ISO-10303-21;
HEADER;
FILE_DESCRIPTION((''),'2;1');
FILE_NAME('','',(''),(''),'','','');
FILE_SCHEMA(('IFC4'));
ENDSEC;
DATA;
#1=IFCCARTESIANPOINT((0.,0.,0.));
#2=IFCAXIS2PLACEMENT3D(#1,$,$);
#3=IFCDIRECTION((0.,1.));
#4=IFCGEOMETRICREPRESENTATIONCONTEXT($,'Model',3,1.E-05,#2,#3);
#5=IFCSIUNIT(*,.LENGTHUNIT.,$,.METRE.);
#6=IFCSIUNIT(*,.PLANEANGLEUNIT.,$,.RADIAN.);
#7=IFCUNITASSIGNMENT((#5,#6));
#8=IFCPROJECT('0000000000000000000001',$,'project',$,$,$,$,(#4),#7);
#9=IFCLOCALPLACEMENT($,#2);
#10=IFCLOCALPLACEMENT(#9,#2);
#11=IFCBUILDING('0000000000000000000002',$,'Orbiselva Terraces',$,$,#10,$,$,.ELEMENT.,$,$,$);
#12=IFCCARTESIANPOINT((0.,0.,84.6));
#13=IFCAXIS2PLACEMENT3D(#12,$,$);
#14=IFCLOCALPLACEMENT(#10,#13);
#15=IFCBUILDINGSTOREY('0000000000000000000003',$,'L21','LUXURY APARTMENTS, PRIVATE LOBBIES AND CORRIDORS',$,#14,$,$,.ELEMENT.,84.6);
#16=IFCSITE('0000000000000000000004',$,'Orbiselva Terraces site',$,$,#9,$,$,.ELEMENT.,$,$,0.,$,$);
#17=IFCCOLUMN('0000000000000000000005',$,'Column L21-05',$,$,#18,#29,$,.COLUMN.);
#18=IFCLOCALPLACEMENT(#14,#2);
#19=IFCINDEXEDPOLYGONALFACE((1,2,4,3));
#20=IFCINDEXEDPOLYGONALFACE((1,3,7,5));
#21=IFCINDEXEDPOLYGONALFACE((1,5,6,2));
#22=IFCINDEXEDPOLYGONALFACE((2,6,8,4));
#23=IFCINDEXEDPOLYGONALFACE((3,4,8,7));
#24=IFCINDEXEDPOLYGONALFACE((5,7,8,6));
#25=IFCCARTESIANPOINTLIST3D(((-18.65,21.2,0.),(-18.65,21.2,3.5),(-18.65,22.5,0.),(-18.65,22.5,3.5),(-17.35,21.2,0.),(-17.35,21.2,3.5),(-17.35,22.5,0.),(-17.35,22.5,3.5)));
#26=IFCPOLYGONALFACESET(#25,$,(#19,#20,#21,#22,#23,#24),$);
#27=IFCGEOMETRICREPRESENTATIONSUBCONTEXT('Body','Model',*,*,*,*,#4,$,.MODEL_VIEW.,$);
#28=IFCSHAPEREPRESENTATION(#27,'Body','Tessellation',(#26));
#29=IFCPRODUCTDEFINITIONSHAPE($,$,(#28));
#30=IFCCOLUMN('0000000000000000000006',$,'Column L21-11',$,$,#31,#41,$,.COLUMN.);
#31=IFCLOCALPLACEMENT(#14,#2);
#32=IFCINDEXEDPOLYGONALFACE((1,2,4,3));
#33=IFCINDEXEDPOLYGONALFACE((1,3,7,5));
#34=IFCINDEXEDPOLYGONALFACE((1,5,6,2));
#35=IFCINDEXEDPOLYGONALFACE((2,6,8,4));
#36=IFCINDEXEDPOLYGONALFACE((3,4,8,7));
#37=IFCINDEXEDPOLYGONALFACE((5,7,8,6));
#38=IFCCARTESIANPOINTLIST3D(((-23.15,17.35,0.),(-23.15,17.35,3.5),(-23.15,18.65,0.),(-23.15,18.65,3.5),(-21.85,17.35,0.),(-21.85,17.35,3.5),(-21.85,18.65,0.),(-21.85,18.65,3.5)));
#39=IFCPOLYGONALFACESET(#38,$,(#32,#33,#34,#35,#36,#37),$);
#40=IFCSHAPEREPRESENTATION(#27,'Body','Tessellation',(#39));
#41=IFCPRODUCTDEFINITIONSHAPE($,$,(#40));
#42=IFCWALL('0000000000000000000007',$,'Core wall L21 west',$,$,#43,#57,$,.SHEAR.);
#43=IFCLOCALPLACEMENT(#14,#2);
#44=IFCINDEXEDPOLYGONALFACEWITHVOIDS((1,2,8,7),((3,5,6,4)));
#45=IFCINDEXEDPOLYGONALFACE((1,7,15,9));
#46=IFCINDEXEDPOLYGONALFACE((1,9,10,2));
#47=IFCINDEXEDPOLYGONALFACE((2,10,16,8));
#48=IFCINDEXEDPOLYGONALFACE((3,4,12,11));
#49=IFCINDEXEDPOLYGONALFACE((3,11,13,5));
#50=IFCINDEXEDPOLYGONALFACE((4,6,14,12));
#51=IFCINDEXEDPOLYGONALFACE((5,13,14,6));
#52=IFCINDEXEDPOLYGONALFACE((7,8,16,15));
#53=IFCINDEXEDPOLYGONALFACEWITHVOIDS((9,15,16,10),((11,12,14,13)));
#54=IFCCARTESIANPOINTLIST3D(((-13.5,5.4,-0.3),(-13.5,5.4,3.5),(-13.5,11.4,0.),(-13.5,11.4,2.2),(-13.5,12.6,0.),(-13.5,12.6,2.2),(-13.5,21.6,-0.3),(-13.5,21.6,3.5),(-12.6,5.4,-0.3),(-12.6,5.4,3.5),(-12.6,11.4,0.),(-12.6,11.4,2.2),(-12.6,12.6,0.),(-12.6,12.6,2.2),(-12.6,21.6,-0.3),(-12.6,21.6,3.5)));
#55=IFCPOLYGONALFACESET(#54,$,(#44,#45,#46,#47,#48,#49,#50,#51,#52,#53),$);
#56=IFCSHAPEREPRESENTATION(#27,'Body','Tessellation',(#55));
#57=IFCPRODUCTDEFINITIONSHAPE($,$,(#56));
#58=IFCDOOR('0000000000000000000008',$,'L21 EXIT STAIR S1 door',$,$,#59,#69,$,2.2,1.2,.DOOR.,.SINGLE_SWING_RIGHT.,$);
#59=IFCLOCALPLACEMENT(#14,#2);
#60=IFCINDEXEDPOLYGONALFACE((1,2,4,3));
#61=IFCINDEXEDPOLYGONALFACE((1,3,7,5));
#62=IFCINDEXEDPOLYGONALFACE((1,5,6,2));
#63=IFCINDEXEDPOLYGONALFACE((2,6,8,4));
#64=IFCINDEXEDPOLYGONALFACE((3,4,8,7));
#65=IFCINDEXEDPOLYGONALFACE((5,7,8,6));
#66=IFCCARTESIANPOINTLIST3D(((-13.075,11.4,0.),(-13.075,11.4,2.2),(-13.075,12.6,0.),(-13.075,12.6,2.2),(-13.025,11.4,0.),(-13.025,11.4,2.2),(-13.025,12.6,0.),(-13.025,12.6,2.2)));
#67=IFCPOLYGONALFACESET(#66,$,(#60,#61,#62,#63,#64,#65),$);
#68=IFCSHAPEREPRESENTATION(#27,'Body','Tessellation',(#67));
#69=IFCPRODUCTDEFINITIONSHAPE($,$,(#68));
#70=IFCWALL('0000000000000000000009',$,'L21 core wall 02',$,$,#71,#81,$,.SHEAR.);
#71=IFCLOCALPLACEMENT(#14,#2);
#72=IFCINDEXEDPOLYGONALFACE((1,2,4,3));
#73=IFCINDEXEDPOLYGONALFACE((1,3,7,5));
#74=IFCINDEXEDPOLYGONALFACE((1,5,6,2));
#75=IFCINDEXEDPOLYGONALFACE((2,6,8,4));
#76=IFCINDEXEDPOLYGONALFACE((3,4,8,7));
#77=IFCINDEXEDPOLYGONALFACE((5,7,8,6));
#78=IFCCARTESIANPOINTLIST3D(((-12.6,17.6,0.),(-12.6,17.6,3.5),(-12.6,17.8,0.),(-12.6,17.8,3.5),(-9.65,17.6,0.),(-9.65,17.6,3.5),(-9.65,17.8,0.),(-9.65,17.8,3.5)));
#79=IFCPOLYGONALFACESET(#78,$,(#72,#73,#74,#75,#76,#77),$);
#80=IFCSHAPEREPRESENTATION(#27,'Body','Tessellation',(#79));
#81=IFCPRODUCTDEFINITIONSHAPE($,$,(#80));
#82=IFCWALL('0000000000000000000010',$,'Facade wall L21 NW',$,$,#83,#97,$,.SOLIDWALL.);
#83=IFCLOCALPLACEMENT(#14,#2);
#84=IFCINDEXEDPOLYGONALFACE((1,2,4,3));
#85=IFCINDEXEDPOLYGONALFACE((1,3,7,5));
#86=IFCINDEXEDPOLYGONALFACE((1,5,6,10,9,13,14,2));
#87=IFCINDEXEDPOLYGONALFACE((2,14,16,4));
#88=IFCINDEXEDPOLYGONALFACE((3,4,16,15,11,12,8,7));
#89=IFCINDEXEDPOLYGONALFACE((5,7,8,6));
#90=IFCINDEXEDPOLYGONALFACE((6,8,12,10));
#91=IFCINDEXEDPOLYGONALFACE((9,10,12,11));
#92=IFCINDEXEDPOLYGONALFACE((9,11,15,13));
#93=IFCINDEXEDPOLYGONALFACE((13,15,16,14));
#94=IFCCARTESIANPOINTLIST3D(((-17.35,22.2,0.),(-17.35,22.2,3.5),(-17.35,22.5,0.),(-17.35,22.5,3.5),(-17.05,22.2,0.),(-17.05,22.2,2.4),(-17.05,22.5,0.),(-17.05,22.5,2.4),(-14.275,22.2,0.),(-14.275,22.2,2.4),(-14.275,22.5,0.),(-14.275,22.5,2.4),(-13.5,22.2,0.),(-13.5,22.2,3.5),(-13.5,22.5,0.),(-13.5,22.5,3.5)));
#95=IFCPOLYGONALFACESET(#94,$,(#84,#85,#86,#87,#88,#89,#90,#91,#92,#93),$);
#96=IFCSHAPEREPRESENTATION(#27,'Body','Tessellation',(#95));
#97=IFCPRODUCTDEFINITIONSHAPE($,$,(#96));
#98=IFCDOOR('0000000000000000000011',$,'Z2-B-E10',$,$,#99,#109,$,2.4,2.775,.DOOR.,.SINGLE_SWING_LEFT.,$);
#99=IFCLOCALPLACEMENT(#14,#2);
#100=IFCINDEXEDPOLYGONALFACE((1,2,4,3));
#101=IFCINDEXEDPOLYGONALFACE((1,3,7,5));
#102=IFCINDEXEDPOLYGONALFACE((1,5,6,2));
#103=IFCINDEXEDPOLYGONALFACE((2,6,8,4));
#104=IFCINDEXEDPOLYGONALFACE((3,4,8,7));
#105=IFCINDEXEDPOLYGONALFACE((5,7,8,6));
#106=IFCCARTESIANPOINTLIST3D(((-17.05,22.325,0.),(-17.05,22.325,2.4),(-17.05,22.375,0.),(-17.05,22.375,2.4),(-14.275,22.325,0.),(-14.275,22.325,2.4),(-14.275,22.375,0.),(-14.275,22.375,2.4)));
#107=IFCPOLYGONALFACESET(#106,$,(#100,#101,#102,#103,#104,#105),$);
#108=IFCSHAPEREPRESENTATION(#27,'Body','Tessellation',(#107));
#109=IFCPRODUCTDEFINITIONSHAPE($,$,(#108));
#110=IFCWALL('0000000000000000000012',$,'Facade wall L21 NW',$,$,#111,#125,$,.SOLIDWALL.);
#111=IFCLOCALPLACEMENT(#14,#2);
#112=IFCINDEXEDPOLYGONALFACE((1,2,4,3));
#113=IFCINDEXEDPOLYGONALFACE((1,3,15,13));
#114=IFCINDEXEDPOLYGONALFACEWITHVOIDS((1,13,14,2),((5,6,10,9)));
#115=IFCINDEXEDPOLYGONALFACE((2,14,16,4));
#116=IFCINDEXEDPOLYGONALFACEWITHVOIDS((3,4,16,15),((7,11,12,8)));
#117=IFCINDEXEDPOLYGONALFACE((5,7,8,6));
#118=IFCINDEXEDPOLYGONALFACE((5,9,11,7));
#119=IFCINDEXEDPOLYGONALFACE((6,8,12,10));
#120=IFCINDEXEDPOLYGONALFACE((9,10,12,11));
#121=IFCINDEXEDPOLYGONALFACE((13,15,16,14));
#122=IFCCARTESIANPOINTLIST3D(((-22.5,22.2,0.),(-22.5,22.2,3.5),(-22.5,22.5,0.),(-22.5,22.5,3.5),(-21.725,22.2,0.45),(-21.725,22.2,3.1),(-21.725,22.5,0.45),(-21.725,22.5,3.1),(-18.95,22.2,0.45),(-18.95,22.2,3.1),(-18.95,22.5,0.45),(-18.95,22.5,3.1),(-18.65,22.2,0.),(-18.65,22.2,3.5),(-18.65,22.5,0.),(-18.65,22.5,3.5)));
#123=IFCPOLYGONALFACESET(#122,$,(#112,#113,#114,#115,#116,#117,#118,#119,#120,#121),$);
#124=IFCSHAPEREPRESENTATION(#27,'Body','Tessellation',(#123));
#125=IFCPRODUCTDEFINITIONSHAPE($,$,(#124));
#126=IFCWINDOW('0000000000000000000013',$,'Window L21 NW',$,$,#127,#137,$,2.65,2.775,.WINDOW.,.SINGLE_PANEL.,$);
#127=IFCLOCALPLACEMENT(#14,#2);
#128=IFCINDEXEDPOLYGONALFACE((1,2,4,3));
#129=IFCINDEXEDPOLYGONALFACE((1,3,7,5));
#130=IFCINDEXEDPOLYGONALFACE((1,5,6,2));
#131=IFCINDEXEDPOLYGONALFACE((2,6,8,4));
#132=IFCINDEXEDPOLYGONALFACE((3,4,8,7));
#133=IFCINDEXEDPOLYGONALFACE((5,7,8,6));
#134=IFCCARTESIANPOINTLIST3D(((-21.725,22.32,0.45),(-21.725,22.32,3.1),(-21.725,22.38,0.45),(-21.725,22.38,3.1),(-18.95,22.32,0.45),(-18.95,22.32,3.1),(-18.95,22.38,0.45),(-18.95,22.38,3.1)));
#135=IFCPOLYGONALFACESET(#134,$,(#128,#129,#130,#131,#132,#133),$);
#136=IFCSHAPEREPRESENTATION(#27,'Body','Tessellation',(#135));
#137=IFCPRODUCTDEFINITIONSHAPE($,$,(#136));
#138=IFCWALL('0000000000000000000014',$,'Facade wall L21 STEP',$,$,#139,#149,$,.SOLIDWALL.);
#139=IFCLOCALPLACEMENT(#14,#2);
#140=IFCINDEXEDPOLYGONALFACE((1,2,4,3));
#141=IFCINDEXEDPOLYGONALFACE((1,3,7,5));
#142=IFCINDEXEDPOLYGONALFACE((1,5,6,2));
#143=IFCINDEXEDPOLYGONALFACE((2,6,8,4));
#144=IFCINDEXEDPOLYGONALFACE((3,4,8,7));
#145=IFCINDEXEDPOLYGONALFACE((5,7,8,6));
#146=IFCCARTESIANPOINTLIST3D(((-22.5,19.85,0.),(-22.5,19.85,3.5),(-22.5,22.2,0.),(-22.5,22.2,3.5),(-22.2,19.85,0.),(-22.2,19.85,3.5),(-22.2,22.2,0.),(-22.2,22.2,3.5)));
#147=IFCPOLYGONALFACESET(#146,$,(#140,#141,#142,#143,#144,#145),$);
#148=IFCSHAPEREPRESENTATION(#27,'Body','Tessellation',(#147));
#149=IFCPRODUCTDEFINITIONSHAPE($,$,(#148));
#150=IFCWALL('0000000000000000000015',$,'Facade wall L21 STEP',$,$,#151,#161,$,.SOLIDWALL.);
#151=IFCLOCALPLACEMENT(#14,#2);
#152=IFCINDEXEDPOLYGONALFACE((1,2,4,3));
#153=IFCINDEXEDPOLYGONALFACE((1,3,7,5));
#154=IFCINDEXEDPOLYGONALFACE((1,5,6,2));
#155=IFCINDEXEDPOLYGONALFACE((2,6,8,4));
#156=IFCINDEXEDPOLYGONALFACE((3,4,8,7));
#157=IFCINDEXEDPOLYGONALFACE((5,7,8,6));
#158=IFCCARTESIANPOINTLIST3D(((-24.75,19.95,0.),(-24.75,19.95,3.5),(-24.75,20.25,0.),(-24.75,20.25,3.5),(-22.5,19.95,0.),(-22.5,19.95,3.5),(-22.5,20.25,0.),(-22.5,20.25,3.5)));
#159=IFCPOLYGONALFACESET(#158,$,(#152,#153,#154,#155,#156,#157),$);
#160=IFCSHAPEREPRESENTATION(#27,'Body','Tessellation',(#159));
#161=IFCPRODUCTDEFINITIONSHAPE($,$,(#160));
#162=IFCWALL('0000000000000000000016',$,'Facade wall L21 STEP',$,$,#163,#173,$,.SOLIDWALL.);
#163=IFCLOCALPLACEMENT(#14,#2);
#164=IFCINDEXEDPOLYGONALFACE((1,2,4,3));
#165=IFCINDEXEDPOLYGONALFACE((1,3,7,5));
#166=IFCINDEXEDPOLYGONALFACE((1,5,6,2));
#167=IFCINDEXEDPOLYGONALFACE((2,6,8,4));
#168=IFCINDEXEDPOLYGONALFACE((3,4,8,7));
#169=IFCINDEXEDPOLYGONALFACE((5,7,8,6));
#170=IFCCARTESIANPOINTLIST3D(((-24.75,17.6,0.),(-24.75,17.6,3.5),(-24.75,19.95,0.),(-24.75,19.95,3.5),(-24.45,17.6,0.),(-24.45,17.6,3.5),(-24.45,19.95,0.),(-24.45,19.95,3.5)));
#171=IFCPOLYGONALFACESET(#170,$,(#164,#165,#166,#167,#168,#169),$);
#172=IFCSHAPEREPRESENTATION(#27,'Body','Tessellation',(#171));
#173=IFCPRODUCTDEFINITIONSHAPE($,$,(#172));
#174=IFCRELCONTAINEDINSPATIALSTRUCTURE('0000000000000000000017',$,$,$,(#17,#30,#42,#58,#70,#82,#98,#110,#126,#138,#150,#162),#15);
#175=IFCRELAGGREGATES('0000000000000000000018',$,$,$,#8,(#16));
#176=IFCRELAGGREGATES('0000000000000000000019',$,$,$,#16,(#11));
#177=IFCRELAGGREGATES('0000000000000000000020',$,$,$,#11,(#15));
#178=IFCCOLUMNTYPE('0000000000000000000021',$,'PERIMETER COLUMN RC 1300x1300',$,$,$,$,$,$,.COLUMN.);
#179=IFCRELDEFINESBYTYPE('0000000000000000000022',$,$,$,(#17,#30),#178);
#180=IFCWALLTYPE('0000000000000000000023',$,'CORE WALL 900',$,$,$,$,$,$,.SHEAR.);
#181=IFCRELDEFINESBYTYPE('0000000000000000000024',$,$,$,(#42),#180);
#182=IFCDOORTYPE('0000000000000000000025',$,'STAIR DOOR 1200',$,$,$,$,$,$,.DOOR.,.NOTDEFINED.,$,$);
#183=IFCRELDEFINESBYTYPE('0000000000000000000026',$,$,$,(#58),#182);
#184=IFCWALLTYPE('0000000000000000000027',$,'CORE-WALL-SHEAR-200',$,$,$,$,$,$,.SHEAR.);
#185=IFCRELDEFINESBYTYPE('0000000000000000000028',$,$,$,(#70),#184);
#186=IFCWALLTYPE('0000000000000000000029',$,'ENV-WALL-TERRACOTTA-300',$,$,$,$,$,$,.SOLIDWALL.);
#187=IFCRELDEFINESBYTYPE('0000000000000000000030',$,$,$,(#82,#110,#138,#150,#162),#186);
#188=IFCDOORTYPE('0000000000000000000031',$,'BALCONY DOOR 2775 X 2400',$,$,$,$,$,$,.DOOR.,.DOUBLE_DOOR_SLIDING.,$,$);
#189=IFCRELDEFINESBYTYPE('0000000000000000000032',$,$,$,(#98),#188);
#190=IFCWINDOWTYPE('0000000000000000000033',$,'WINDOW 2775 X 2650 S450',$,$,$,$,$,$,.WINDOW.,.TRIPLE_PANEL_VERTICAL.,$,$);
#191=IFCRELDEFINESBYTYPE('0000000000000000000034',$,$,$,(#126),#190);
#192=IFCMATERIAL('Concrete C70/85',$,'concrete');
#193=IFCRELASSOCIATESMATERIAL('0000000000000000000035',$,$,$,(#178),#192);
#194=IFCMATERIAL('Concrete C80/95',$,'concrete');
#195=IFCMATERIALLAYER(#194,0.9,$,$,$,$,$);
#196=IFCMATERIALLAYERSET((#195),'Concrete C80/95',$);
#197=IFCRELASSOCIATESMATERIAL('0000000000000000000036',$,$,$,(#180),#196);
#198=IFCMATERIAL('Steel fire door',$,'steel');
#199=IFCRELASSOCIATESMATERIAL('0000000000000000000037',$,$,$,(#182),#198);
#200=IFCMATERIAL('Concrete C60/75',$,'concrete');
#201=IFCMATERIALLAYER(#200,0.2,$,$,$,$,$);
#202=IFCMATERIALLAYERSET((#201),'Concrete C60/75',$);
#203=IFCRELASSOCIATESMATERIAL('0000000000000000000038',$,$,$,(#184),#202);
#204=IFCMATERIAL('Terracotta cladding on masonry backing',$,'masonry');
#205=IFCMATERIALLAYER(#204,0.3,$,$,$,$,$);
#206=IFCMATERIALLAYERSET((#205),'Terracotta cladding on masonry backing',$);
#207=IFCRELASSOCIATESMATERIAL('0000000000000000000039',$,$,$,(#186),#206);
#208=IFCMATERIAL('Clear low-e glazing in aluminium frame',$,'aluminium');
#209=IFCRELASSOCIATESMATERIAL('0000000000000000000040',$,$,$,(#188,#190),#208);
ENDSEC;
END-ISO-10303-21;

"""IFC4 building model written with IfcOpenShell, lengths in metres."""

from ifc_helpers import new_model, si_unit, direction, frame, frame_2d, origin, origin_2d, place, context, subcontext, project, spatial, rectangle, extrude, material, layer, layer_set, material_profile, profile_set, type_object, element, fill, save


model = new_model("IFC4")

# Units and contexts
model_context = context("Model", 3, precision=1e-05, world=origin(), true_north=direction((0.0, 1.0)))
body_context = subcontext(model_context, "Body", "Model", "MODEL_VIEW")
ifc_project = project(units=[si_unit("LENGTHUNIT", "METRE"), si_unit("PLANEANGLEUNIT", "RADIAN")], contexts=[model_context])

# Site, building, storey
site_placement = place(None, origin())
site = spatial("IfcSite", under=ifc_project, at=site_placement, Name="Orbiselva Terraces site", CompositionType="ELEMENT", RefElevation=0.0)
building_placement = place(site_placement, origin())
building = spatial("IfcBuilding", under=site, at=building_placement, Name="Orbiselva Terraces", CompositionType="ELEMENT")
storey_placement = place(building_placement, frame((0.0, 0.0, 84.6)))
storey = spatial("IfcBuildingStorey", under=building, at=storey_placement, Name="L21", Description="LUXURY APARTMENTS, PRIVATE LOBBIES AND CORRIDORS", CompositionType="ELEMENT", Elevation=84.6)

# Columns
ifc_material_1 = material(Name="Concrete C70/85", Category="concrete")
ifc_material_profile = material_profile(ifc_material_1, rectangle(XDim=1.3, YDim=1.3, at=origin_2d()), Name="RC 1300x1300")
ifc_profile_set = profile_set([ifc_material_profile], Name="Concrete C70/85")
column_type = type_object("IfcColumnType", Name="PERIMETER COLUMN RC 1300x1300", PredefinedType="COLUMN", material=ifc_profile_set)
for number, where, z_axis, x_axis, name in (
    (1, (-18.0, 21.85, 0.0), (0.0, 0.0, 1.0), (1.0, 0.0, 0.0), "Column L21-05"),
    (2, (-22.5, 18.0, 0.0), (0.0, 0.0, 1.0), (1.0, 0.0, 0.0), "Column L21-11"),
):
    element("IfcColumn", number, at=place(storey_placement, frame(where, z_axis=z_axis, x_axis=x_axis)), inside=storey, type_object=column_type, Name=name, PredefinedType="COLUMN", context=body_context, shape_type="SweptSolid", body=[
        extrude(rectangle(XDim=1.3, YDim=1.3, at=origin_2d()), origin(), (0.0, 0.0, 1.0), 3.5),
    ])

# Wall, opening, door
ifc_material_2 = material(Name="Concrete C80/95", Category="concrete")
ifc_layer_1 = layer(ifc_material_2, 0.9)
ifc_layer_set_1 = layer_set([ifc_layer_1], Name="Concrete C80/95")
wall_type_1 = type_object("IfcWallType", Name="CORE WALL 900", PredefinedType="SHEAR", material=ifc_layer_set_1)
wall_1_placement = place(storey_placement, frame((-13.05, 21.6, -0.3), z_axis=(0.0, 0.0, 1.0), x_axis=(0.0, -1.0, 0.0)))
wall_1 = element("IfcWall", 3, at=wall_1_placement, inside=storey, type_object=wall_type_1, Name="Core wall L21 west", PredefinedType="SHEAR", context=body_context, shape_type="SweptSolid", body=[
    extrude(rectangle(XDim=16.2, YDim=0.9, at=frame_2d((8.1, 0.0))), origin(), (0.0, 0.0, 1.0), 3.8),
])
opening_1_placement = place(wall_1_placement, frame((9.0, 0.0, 0.3)))
opening_1 = element("IfcOpeningElement", 4, at=opening_1_placement, cuts=wall_1, PredefinedType="OPENING", context=body_context, shape_type="SweptSolid", body=[
    extrude(rectangle(XDim=1.2, YDim=2.2, at=frame_2d((0.6, 1.1))), frame((0.0, 0.46, 0.0), z_axis=(0.0, -1.0, 0.0), x_axis=(1.0, 0.0, 0.0)), (0.0, 0.0, 1.0), 0.92),
])
ifc_material_3 = material(Name="Steel fire door", Category="steel")
door_type_1 = type_object("IfcDoorType", Name="STAIR DOOR 1200", OperationType="NOTDEFINED", PredefinedType="DOOR", material=ifc_material_3)
door_1_placement = place(opening_1_placement, frame((1.2, 0.0, 0.0), z_axis=(0.0, 0.0, 1.0), x_axis=(-1.0, 0.0, 0.0)))
door_1 = element("IfcDoor", 5, at=door_1_placement, inside=storey, type_object=door_type_1, Name="L21 EXIT STAIR S1 door", OperationType="SINGLE_SWING_RIGHT", OverallHeight=2.2, OverallWidth=1.2, PredefinedType="DOOR", context=body_context, shape_type="SweptSolid", body=[
    extrude(rectangle(XDim=1.2, YDim=2.2, at=frame_2d((0.6, 1.1))), frame((0.0, 0.025, 0.0), z_axis=(0.0, -1.0, 0.0), x_axis=(1.0, 0.0, 0.0)), (0.0, 0.0, 1.0), 0.05),
])
fill(opening_1, door_1)

# Wall
ifc_material_4 = material(Name="Concrete C60/75", Category="concrete")
ifc_layer_2 = layer(ifc_material_4, 0.2)
ifc_layer_set_2 = layer_set([ifc_layer_2], Name="Concrete C60/75")
wall_type_2 = type_object("IfcWallType", Name="CORE-WALL-SHEAR-200", PredefinedType="SHEAR", material=ifc_layer_set_2)
wall_2_placement = place(storey_placement, frame((-12.6, 17.7, 0.0), z_axis=(0.0, 0.0, 1.0), x_axis=(1.0, 0.0, 0.0)))
element("IfcWall", 6, at=wall_2_placement, inside=storey, type_object=wall_type_2, Name="L21 core wall 02", PredefinedType="SHEAR", context=body_context, shape_type="SweptSolid", body=[
    extrude(rectangle(XDim=2.95, YDim=0.2, at=frame_2d((1.475, 0.0))), origin(), (0.0, 0.0, 1.0), 3.5),
])

# Wall, opening, door
ifc_material_5 = material(Name="Terracotta cladding on masonry backing", Category="masonry")
ifc_layer_3 = layer(ifc_material_5, 0.3)
ifc_layer_set_3 = layer_set([ifc_layer_3], Name="Terracotta cladding on masonry backing")
wall_type_3 = type_object("IfcWallType", Name="ENV-WALL-TERRACOTTA-300", PredefinedType="SOLIDWALL", material=ifc_layer_set_3)
wall_3_placement = place(storey_placement, frame((-17.35, 22.35, 0.0), z_axis=(0.0, 0.0, 1.0), x_axis=(1.0, 0.0, 0.0)))
wall_3 = element("IfcWall", 7, at=wall_3_placement, inside=storey, type_object=wall_type_3, Name="Facade wall L21 NW", PredefinedType="SOLIDWALL", context=body_context, shape_type="SweptSolid", body=[
    extrude(rectangle(XDim=3.85, YDim=0.3, at=frame_2d((1.925, 0.0))), origin(), (0.0, 0.0, 1.0), 3.5),
])
opening_2_placement = place(wall_3_placement, frame((0.3, 0.0, 0.0)))
opening_2 = element("IfcOpeningElement", 8, at=opening_2_placement, cuts=wall_3, PredefinedType="OPENING", context=body_context, shape_type="SweptSolid", body=[
    extrude(rectangle(XDim=2.775, YDim=2.4, at=frame_2d((1.3875, 1.2))), frame((0.0, 0.16, 0.0), z_axis=(0.0, -1.0, 0.0), x_axis=(1.0, 0.0, 0.0)), (0.0, 0.0, 1.0), 0.32),
])
ifc_material_6 = material(Name="Clear low-e glazing in aluminium frame", Category="aluminium")
door_type_2 = type_object("IfcDoorType", Name="BALCONY DOOR 2775 X 2400", OperationType="DOUBLE_DOOR_SLIDING", PredefinedType="DOOR", material=ifc_material_6)
door_2_placement = place(opening_2_placement, origin())
door_2 = element("IfcDoor", 9, at=door_2_placement, inside=storey, type_object=door_type_2, Name="Z2-B-E10", OperationType="SINGLE_SWING_LEFT", OverallHeight=2.4, OverallWidth=2.775, PredefinedType="DOOR", context=body_context, shape_type="SweptSolid", body=[
    extrude(rectangle(XDim=2.775, YDim=2.4, at=frame_2d((1.3875, 1.2))), frame((0.0, 0.025, 0.0), z_axis=(0.0, -1.0, 0.0), x_axis=(1.0, 0.0, 0.0)), (0.0, 0.0, 1.0), 0.05),
])
fill(opening_2, door_2)

# Wall, opening, window
wall_4_placement = place(storey_placement, frame((-22.5, 22.35, 0.0), z_axis=(0.0, 0.0, 1.0), x_axis=(1.0, 0.0, 0.0)))
wall_4 = element("IfcWall", 10, at=wall_4_placement, inside=storey, type_object=wall_type_3, Name="Facade wall L21 NW", PredefinedType="SOLIDWALL", context=body_context, shape_type="SweptSolid", body=[
    extrude(rectangle(XDim=3.85, YDim=0.3, at=frame_2d((1.925, 0.0))), origin(), (0.0, 0.0, 1.0), 3.5),
])
opening_3_placement = place(wall_4_placement, frame((0.775, 0.0, 0.45)))
opening_3 = element("IfcOpeningElement", 11, at=opening_3_placement, cuts=wall_4, PredefinedType="OPENING", context=body_context, shape_type="SweptSolid", body=[
    extrude(rectangle(XDim=2.775, YDim=2.65, at=frame_2d((1.3875, 1.325))), frame((0.0, 0.16, 0.0), z_axis=(0.0, -1.0, 0.0), x_axis=(1.0, 0.0, 0.0)), (0.0, 0.0, 1.0), 0.32),
])
window_type = type_object("IfcWindowType", Name="WINDOW 2775 X 2650 S450", PartitioningType="TRIPLE_PANEL_VERTICAL", PredefinedType="WINDOW", material=ifc_material_6)
window_placement = place(opening_3_placement, origin())
window = element("IfcWindow", 12, at=window_placement, inside=storey, type_object=window_type, Name="Window L21 NW", OverallHeight=2.65, OverallWidth=2.775, PartitioningType="SINGLE_PANEL", PredefinedType="WINDOW", context=body_context, shape_type="SweptSolid", body=[
    extrude(rectangle(XDim=2.775, YDim=2.65, at=frame_2d((1.3875, 1.325))), frame((0.0, 0.03, 0.0), z_axis=(0.0, -1.0, 0.0), x_axis=(1.0, 0.0, 0.0)), (0.0, 0.0, 1.0), 0.06),
])
fill(opening_3, window)

# Walls
wall_5_placement = place(storey_placement, frame((-22.35, 19.85, 0.0), z_axis=(0.0, 0.0, 1.0), x_axis=(0.0, 1.0, 0.0)))
element("IfcWall", 13, at=wall_5_placement, inside=storey, type_object=wall_type_3, Name="Facade wall L21 STEP", PredefinedType="SOLIDWALL", context=body_context, shape_type="SweptSolid", body=[
    extrude(rectangle(XDim=2.35, YDim=0.3, at=frame_2d((1.175, 0.0))), origin(), (0.0, 0.0, 1.0), 3.5),
])
wall_6_placement = place(storey_placement, frame((-24.75, 20.1, 0.0), z_axis=(0.0, 0.0, 1.0), x_axis=(1.0, 0.0, 0.0)))
element("IfcWall", 14, at=wall_6_placement, inside=storey, type_object=wall_type_3, Name="Facade wall L21 STEP", PredefinedType="SOLIDWALL", context=body_context, shape_type="SweptSolid", body=[
    extrude(rectangle(XDim=2.25, YDim=0.3, at=frame_2d((1.125, 0.0))), origin(), (0.0, 0.0, 1.0), 3.5),
])
wall_7_placement = place(storey_placement, frame((-24.6, 17.6, 0.0), z_axis=(0.0, 0.0, 1.0), x_axis=(0.0, 1.0, 0.0)))
element("IfcWall", 15, at=wall_7_placement, inside=storey, type_object=wall_type_3, Name="Facade wall L21 STEP", PredefinedType="SOLIDWALL", context=body_context, shape_type="SweptSolid", body=[
    extrude(rectangle(XDim=2.35, YDim=0.3, at=frame_2d((1.175, 0.0))), origin(), (0.0, 0.0, 1.0), 3.5),
])

save(model, "model.ifc")
